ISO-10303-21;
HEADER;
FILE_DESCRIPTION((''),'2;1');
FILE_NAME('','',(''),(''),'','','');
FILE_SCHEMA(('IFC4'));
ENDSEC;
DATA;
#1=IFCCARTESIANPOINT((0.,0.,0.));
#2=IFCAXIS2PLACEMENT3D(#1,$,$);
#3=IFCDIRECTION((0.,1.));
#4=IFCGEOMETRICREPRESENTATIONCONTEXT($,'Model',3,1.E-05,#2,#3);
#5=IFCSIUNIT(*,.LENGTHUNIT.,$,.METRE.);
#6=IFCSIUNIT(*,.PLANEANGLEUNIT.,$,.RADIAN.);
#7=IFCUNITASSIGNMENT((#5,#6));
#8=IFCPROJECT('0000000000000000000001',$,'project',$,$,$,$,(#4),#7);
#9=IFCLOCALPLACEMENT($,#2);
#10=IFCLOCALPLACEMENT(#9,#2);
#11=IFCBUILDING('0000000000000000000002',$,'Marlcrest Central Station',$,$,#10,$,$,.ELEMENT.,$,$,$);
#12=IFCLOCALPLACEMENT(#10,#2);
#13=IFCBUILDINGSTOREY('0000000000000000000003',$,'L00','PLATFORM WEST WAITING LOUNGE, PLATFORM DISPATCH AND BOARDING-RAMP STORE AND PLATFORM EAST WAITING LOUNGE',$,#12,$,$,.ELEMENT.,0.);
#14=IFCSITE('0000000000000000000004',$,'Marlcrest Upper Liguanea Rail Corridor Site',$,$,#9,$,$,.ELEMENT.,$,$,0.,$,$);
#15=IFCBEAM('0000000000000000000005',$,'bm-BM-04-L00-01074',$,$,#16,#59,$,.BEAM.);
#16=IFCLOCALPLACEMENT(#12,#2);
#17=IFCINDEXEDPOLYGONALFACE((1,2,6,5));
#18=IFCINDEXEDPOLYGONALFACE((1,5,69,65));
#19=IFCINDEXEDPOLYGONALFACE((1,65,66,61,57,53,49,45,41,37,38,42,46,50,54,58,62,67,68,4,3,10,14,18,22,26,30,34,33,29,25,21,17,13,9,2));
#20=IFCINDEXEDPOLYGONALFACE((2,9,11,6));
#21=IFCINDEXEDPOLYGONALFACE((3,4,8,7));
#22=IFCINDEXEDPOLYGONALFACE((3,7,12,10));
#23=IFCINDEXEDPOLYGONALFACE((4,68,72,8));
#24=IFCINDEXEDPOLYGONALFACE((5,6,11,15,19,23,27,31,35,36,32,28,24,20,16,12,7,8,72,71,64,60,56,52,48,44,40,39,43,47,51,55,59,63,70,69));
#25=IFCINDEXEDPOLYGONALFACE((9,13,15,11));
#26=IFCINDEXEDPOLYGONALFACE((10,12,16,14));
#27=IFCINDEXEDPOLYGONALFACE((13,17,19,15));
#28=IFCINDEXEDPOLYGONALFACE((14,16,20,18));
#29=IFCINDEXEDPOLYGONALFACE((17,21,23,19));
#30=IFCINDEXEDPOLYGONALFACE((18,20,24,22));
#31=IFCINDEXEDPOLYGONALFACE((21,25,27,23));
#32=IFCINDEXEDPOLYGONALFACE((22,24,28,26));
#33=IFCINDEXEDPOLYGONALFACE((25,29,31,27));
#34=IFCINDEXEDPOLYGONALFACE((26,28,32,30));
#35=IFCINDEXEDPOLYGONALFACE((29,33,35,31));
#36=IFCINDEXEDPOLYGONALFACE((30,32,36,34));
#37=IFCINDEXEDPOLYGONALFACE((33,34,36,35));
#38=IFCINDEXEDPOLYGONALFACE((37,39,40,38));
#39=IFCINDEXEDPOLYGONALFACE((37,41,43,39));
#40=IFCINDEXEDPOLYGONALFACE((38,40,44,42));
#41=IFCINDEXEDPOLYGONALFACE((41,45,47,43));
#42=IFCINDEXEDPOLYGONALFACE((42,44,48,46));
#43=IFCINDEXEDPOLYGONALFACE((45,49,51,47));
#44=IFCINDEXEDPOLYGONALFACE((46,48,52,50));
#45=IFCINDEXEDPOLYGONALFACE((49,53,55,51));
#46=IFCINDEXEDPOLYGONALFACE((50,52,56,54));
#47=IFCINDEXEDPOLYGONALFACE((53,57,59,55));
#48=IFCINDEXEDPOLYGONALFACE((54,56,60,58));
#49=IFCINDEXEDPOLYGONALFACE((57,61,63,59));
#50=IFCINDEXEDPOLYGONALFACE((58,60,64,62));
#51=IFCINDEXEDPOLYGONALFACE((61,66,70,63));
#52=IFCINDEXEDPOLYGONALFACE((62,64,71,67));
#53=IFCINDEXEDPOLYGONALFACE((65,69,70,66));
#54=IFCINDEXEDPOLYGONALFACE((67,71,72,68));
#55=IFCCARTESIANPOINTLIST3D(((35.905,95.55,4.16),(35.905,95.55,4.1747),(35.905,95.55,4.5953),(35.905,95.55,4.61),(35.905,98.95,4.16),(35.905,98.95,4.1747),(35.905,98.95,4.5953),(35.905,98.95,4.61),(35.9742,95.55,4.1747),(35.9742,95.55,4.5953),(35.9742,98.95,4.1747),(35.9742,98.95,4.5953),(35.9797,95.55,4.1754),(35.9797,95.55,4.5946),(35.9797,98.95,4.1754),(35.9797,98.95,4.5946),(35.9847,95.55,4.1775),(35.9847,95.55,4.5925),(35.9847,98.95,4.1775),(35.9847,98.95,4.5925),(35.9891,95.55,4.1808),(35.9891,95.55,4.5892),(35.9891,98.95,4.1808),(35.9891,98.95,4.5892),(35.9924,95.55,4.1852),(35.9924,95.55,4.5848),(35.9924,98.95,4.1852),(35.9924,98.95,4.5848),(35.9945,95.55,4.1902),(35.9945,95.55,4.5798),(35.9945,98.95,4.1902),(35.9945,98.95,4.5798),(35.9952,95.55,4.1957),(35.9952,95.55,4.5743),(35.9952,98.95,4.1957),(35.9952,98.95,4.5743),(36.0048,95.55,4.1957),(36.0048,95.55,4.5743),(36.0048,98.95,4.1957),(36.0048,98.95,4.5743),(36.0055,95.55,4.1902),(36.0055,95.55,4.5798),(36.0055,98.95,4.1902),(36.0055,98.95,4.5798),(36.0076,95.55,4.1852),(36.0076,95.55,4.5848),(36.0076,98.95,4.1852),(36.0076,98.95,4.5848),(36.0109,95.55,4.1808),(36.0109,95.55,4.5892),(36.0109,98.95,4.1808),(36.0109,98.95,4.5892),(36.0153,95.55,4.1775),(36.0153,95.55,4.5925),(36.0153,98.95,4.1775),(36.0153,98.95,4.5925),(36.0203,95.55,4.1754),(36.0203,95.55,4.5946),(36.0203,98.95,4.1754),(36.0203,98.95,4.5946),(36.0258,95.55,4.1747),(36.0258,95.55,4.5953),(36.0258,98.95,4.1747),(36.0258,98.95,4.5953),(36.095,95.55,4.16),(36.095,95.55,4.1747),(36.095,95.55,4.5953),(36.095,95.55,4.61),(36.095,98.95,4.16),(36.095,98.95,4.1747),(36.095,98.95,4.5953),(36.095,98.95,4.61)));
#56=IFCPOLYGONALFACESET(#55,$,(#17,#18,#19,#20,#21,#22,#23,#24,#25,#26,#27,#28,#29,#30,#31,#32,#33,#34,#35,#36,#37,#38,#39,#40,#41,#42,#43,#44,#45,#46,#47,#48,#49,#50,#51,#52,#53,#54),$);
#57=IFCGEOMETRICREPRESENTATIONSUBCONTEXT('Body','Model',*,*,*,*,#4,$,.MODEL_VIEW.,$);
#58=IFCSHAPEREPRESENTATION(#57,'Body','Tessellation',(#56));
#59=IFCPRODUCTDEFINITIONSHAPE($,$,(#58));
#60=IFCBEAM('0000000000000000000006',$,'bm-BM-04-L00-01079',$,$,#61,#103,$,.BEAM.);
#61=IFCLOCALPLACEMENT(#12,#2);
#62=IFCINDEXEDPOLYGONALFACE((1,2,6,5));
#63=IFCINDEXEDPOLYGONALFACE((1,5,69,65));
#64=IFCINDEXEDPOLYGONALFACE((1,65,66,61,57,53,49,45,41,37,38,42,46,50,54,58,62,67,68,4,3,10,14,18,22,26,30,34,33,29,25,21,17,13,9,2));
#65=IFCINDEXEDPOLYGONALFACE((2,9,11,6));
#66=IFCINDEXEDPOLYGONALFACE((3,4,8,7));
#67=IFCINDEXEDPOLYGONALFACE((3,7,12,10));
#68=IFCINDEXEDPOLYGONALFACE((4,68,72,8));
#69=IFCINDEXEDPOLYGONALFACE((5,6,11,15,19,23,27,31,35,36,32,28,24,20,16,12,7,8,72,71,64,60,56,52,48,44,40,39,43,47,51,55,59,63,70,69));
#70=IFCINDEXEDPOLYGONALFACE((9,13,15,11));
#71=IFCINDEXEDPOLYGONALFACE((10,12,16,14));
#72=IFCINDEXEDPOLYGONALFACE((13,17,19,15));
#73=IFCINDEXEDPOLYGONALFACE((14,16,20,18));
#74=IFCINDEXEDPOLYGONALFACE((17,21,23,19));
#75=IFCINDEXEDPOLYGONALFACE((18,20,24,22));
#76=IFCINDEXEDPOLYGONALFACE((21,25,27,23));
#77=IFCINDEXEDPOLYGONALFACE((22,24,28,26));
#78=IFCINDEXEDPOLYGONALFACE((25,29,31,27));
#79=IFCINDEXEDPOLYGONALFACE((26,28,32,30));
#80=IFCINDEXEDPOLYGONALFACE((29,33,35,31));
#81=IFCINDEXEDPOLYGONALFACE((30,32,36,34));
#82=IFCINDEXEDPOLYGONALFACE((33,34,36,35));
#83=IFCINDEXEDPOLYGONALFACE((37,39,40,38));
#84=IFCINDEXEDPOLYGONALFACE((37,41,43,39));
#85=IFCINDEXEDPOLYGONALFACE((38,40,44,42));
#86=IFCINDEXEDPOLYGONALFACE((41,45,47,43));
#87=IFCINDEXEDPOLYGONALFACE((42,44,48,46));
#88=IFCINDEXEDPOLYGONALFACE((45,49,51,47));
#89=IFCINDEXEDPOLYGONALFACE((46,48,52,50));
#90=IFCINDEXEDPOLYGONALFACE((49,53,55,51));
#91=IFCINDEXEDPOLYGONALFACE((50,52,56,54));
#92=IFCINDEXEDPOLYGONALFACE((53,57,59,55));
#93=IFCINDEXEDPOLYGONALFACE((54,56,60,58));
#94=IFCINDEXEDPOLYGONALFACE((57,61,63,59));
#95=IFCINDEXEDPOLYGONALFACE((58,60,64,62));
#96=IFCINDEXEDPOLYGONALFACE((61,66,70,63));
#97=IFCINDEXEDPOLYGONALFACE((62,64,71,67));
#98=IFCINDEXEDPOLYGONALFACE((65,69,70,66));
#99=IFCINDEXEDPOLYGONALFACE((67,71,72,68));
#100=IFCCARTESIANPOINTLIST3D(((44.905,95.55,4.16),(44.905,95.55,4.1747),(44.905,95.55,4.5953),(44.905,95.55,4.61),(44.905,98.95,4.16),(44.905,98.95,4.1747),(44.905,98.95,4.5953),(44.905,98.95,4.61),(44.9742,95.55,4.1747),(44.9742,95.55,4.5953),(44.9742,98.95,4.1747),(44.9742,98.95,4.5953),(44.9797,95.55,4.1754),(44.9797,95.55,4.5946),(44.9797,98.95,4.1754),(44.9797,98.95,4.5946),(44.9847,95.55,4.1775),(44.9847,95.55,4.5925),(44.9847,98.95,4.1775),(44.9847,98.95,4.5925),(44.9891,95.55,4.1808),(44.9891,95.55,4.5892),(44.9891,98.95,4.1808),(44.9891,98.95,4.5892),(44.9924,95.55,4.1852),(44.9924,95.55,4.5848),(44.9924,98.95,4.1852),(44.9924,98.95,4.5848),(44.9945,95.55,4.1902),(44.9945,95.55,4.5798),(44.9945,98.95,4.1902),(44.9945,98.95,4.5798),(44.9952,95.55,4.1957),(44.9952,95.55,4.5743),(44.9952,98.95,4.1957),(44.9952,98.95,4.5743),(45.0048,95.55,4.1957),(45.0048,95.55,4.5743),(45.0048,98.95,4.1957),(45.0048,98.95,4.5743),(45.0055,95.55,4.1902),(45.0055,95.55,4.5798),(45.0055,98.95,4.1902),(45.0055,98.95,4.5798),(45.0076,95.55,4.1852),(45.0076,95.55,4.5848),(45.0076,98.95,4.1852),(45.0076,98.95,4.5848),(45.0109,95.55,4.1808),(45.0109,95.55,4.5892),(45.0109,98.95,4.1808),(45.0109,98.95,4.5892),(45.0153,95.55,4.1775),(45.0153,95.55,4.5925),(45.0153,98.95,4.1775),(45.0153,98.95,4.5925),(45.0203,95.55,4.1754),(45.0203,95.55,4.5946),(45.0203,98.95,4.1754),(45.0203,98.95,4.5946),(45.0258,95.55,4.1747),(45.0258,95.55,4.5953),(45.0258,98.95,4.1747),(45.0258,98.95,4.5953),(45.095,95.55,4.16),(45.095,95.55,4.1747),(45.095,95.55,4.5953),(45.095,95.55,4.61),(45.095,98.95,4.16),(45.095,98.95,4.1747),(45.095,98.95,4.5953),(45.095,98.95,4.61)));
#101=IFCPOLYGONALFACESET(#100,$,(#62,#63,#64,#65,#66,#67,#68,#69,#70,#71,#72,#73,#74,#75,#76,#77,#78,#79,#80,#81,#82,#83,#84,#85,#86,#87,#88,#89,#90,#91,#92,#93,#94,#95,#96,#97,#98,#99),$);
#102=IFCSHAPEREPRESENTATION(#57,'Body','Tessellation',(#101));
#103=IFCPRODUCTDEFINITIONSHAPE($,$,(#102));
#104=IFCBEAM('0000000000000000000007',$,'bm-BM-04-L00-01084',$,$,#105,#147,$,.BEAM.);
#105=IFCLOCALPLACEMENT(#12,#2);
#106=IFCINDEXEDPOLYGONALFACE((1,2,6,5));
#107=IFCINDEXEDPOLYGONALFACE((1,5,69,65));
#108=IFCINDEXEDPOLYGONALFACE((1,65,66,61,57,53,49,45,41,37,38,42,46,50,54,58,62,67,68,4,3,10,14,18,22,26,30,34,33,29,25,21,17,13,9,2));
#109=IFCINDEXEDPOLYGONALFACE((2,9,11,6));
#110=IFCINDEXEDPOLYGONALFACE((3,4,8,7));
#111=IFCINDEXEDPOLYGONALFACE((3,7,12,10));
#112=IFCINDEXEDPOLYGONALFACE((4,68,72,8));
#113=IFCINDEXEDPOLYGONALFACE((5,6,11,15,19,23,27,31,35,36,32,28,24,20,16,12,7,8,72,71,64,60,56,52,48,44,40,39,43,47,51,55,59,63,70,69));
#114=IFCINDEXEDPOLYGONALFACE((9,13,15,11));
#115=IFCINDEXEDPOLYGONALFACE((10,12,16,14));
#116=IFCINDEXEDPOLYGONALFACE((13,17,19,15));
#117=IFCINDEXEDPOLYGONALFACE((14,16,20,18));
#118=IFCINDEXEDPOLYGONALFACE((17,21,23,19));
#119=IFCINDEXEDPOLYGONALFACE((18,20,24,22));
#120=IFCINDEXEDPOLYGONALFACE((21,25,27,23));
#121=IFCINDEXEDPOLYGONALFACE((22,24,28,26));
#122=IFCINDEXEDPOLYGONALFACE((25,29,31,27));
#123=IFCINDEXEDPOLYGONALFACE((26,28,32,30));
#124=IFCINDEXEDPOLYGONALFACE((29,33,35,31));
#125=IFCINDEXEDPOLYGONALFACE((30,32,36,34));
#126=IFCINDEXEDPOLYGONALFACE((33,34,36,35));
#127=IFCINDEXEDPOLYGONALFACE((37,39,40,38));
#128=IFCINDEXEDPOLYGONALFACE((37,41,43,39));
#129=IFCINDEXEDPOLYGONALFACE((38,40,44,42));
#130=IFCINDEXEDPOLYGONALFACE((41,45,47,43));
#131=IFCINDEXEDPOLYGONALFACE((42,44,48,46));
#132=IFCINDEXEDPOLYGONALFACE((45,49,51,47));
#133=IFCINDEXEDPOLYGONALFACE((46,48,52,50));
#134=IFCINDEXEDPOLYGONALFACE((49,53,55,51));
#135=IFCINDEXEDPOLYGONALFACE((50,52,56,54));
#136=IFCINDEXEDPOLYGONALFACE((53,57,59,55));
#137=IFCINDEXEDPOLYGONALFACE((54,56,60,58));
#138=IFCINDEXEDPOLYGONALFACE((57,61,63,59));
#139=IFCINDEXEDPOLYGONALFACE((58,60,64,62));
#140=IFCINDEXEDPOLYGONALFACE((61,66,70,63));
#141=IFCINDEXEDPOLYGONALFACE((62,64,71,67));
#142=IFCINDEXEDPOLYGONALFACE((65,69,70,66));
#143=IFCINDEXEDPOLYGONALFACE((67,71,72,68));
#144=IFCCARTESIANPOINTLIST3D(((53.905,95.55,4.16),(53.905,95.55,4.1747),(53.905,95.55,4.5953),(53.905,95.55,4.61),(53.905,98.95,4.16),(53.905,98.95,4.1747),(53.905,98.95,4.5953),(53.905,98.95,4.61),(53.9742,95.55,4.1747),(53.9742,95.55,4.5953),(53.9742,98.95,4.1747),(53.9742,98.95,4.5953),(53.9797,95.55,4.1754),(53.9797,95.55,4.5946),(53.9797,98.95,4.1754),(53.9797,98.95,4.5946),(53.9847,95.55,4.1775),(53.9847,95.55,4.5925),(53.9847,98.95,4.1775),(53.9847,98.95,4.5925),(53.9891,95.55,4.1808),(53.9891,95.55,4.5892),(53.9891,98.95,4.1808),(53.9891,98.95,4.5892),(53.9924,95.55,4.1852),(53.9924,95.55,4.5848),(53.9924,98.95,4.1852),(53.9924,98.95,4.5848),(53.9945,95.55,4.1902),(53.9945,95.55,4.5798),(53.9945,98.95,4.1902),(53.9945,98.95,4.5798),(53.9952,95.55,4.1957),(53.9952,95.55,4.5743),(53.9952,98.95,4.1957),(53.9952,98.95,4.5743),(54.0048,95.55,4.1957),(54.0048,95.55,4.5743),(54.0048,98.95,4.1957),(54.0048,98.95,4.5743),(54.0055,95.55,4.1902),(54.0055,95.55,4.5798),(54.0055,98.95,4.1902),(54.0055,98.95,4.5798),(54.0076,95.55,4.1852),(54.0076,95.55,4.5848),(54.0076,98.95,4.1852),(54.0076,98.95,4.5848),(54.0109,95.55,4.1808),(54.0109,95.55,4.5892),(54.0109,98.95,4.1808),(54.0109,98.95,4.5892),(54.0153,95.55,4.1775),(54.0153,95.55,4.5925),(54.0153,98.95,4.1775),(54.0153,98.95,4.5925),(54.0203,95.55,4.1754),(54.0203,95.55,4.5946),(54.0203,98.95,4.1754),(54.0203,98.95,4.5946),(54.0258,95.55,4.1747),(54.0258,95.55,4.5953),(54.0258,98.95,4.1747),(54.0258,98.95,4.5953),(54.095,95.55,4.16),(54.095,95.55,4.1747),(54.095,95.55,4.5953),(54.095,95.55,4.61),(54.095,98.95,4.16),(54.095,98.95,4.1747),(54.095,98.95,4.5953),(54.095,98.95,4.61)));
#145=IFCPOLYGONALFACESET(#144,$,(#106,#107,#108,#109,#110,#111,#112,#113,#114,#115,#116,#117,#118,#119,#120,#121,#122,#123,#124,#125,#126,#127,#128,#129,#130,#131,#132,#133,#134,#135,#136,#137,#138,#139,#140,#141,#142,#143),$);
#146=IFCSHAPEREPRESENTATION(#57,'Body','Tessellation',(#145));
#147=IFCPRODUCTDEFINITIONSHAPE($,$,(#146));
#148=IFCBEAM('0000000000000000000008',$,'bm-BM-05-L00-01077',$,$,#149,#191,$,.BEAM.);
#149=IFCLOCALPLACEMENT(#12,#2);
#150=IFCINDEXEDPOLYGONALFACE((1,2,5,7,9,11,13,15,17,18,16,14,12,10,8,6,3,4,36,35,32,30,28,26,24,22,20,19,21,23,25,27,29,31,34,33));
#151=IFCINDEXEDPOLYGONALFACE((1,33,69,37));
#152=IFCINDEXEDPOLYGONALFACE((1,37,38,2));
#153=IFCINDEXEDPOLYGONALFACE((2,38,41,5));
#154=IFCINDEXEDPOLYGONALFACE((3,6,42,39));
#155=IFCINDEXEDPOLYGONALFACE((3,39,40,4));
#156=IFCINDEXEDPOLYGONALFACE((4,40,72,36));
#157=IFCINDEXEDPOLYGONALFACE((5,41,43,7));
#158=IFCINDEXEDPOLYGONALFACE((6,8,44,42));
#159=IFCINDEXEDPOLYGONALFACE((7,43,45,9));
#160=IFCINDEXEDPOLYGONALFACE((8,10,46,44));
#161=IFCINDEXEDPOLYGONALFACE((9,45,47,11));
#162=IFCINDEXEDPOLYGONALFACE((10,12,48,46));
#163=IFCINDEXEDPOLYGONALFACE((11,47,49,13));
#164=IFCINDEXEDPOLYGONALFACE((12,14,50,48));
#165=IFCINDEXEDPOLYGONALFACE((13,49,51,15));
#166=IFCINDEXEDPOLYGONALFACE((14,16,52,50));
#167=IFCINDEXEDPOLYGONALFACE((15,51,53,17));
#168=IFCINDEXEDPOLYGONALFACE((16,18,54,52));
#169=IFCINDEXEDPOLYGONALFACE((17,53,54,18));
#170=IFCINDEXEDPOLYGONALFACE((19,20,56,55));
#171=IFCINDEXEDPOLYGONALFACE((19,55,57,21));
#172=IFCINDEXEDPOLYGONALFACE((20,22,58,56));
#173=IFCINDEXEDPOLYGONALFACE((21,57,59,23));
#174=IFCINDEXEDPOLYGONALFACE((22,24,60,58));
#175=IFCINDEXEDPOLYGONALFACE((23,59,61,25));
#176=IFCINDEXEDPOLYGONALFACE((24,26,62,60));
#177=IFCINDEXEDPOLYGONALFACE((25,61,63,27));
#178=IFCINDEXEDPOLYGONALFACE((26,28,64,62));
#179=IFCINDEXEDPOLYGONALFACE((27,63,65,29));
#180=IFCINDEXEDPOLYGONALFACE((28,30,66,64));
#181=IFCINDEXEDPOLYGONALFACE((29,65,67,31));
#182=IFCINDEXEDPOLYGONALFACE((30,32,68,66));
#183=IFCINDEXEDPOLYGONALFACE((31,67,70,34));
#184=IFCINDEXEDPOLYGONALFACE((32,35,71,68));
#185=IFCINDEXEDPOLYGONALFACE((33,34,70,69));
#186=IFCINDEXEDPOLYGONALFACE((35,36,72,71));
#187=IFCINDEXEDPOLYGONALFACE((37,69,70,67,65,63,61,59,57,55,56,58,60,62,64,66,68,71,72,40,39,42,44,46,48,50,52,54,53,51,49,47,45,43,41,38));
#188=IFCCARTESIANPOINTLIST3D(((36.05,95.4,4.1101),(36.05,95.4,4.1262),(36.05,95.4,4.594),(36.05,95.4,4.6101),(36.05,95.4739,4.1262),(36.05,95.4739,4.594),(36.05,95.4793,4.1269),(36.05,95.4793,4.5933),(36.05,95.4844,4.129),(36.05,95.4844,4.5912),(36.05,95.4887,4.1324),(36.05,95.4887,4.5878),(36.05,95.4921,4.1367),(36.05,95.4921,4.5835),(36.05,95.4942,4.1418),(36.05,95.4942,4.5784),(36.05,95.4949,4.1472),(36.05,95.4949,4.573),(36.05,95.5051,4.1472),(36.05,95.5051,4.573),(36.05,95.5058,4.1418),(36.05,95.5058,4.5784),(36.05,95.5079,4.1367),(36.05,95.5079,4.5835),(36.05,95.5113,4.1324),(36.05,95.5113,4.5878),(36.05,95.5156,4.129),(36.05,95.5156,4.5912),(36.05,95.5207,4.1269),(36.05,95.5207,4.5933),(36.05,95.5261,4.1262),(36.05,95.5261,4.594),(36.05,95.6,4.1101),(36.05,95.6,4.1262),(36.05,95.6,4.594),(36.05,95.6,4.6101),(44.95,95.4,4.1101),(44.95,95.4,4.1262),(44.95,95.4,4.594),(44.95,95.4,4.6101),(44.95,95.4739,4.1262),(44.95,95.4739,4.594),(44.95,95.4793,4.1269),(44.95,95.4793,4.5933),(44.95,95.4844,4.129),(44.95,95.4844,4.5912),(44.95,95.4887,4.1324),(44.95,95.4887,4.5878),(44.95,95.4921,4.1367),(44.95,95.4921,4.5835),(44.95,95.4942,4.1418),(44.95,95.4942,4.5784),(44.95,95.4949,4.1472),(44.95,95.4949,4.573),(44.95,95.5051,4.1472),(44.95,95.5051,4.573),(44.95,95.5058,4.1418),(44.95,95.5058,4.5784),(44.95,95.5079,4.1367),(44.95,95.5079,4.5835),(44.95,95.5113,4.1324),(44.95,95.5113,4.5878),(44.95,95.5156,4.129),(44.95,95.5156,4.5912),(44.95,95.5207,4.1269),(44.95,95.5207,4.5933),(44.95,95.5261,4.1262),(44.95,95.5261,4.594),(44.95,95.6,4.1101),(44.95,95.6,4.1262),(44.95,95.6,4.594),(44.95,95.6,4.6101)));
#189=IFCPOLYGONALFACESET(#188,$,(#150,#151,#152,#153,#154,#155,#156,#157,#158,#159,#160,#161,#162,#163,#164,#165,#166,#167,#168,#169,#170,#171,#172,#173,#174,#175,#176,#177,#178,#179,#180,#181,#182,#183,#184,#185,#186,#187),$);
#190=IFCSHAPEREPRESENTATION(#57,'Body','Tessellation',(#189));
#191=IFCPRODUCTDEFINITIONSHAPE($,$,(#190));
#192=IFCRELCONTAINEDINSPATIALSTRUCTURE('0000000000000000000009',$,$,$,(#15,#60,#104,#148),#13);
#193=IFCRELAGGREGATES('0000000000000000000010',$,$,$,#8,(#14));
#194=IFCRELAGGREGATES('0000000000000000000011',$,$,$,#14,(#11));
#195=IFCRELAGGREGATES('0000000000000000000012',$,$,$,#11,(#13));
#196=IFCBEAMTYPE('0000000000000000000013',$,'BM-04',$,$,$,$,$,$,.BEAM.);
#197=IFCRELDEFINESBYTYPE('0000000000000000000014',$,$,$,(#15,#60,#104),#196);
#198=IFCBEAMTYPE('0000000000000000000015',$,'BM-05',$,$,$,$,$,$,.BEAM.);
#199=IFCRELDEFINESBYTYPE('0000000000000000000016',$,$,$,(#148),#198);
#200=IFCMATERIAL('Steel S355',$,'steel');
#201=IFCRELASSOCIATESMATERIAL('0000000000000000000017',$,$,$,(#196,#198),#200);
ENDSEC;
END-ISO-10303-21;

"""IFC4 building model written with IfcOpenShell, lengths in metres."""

from ifc_helpers import new_model, si_unit, direction, frame, origin, origin_2d, place, context, subcontext, project, spatial, i_section, extrude, material, material_profile, profile_set, type_object, element, save


model = new_model("IFC4")

# Units and contexts
model_context = context("Model", 3, precision=1e-05, world=origin(), true_north=direction((0.0, 1.0)))
body_context = subcontext(model_context, "Body", "Model", "MODEL_VIEW")
ifc_project = project(units=[si_unit("LENGTHUNIT", "METRE"), si_unit("PLANEANGLEUNIT", "RADIAN")], contexts=[model_context])

# Site, building, storey
site_placement = place(None, origin())
site = spatial("IfcSite", under=ifc_project, at=site_placement, Name="Marlcrest Upper Liguanea Rail Corridor Site", CompositionType="ELEMENT", RefElevation=0.0)
building_placement = place(site_placement, origin())
building = spatial("IfcBuilding", under=site, at=building_placement, Name="Marlcrest Central Station", CompositionType="ELEMENT")
storey_placement = place(building_placement, origin())
storey = spatial("IfcBuildingStorey", under=building, at=storey_placement, Name="L00", Description="PLATFORM WEST WAITING LOUNGE, PLATFORM DISPATCH AND BOARDING-RAMP STORE AND PLATFORM EAST WAITING LOUNGE", CompositionType="ELEMENT", Elevation=0.0)

# Beams
ifc_material_1 = material(Name="Steel S355", Category="steel")
ifc_material_profile_1 = material_profile(ifc_material_1, i_section(OverallWidth=0.1899, OverallDepth=0.45, WebThickness=0.0095, FlangeThickness=0.0146, FilletRadius=0.021, at=origin_2d()), Name="IPE 450")
ifc_profile_set_1 = profile_set([ifc_material_profile_1], Name="Steel S355")
beam_type_1 = type_object("IfcBeamType", Name="BM-04", PredefinedType="BEAM", material=ifc_profile_set_1)
for number, where, z_axis, x_axis, name in (
    (1, (36.0, 95.55, 4.385), (0.0, 1.0, 0.0), (-1.0, 0.0, 0.0), "bm-BM-04-L00-01074"),
    (2, (45.0, 95.55, 4.385), (0.0, 1.0, 0.0), (-1.0, 0.0, 0.0), "bm-BM-04-L00-01079"),
    (3, (54.0, 95.55, 4.385), (0.0, 1.0, 0.0), (-1.0, 0.0, 0.0), "bm-BM-04-L00-01084"),
):
    element("IfcBeam", number, at=place(storey_placement, frame(where, z_axis=z_axis, x_axis=x_axis)), inside=storey, type_object=beam_type_1, Name=name, PredefinedType="BEAM", context=body_context, shape_type="SweptSolid", body=[
        extrude(i_section(OverallWidth=0.1899, OverallDepth=0.45, WebThickness=0.0095, FlangeThickness=0.0146, FilletRadius=0.021, at=origin_2d()), origin(), (0.0, 0.0, 1.0), 3.3999),
    ])
ifc_material_profile_2 = material_profile(ifc_material_1, i_section(OverallWidth=0.2, OverallDepth=0.5, WebThickness=0.0103, FlangeThickness=0.0161, FilletRadius=0.021, at=origin_2d()), Name="IPE 500")
ifc_profile_set_2 = profile_set([ifc_material_profile_2], Name="Steel S355")
beam_type_2 = type_object("IfcBeamType", Name="BM-05", PredefinedType="BEAM", material=ifc_profile_set_2)
for number, where, z_axis, x_axis, name in (
    (4, (36.05, 95.5, 4.3601), (1.0, 0.0, 0.0), (0.0, 1.0, 0.0), "bm-BM-05-L00-01077"),
):
    element("IfcBeam", number, at=place(storey_placement, frame(where, z_axis=z_axis, x_axis=x_axis)), inside=storey, type_object=beam_type_2, Name=name, PredefinedType="BEAM", context=body_context, shape_type="SweptSolid", body=[
        extrude(i_section(OverallWidth=0.2, OverallDepth=0.5, WebThickness=0.0103, FlangeThickness=0.0161, FilletRadius=0.021, at=origin_2d()), origin(), (0.0, 0.0, 1.0), 8.8999),
    ])

save(model, "model.ifc")
